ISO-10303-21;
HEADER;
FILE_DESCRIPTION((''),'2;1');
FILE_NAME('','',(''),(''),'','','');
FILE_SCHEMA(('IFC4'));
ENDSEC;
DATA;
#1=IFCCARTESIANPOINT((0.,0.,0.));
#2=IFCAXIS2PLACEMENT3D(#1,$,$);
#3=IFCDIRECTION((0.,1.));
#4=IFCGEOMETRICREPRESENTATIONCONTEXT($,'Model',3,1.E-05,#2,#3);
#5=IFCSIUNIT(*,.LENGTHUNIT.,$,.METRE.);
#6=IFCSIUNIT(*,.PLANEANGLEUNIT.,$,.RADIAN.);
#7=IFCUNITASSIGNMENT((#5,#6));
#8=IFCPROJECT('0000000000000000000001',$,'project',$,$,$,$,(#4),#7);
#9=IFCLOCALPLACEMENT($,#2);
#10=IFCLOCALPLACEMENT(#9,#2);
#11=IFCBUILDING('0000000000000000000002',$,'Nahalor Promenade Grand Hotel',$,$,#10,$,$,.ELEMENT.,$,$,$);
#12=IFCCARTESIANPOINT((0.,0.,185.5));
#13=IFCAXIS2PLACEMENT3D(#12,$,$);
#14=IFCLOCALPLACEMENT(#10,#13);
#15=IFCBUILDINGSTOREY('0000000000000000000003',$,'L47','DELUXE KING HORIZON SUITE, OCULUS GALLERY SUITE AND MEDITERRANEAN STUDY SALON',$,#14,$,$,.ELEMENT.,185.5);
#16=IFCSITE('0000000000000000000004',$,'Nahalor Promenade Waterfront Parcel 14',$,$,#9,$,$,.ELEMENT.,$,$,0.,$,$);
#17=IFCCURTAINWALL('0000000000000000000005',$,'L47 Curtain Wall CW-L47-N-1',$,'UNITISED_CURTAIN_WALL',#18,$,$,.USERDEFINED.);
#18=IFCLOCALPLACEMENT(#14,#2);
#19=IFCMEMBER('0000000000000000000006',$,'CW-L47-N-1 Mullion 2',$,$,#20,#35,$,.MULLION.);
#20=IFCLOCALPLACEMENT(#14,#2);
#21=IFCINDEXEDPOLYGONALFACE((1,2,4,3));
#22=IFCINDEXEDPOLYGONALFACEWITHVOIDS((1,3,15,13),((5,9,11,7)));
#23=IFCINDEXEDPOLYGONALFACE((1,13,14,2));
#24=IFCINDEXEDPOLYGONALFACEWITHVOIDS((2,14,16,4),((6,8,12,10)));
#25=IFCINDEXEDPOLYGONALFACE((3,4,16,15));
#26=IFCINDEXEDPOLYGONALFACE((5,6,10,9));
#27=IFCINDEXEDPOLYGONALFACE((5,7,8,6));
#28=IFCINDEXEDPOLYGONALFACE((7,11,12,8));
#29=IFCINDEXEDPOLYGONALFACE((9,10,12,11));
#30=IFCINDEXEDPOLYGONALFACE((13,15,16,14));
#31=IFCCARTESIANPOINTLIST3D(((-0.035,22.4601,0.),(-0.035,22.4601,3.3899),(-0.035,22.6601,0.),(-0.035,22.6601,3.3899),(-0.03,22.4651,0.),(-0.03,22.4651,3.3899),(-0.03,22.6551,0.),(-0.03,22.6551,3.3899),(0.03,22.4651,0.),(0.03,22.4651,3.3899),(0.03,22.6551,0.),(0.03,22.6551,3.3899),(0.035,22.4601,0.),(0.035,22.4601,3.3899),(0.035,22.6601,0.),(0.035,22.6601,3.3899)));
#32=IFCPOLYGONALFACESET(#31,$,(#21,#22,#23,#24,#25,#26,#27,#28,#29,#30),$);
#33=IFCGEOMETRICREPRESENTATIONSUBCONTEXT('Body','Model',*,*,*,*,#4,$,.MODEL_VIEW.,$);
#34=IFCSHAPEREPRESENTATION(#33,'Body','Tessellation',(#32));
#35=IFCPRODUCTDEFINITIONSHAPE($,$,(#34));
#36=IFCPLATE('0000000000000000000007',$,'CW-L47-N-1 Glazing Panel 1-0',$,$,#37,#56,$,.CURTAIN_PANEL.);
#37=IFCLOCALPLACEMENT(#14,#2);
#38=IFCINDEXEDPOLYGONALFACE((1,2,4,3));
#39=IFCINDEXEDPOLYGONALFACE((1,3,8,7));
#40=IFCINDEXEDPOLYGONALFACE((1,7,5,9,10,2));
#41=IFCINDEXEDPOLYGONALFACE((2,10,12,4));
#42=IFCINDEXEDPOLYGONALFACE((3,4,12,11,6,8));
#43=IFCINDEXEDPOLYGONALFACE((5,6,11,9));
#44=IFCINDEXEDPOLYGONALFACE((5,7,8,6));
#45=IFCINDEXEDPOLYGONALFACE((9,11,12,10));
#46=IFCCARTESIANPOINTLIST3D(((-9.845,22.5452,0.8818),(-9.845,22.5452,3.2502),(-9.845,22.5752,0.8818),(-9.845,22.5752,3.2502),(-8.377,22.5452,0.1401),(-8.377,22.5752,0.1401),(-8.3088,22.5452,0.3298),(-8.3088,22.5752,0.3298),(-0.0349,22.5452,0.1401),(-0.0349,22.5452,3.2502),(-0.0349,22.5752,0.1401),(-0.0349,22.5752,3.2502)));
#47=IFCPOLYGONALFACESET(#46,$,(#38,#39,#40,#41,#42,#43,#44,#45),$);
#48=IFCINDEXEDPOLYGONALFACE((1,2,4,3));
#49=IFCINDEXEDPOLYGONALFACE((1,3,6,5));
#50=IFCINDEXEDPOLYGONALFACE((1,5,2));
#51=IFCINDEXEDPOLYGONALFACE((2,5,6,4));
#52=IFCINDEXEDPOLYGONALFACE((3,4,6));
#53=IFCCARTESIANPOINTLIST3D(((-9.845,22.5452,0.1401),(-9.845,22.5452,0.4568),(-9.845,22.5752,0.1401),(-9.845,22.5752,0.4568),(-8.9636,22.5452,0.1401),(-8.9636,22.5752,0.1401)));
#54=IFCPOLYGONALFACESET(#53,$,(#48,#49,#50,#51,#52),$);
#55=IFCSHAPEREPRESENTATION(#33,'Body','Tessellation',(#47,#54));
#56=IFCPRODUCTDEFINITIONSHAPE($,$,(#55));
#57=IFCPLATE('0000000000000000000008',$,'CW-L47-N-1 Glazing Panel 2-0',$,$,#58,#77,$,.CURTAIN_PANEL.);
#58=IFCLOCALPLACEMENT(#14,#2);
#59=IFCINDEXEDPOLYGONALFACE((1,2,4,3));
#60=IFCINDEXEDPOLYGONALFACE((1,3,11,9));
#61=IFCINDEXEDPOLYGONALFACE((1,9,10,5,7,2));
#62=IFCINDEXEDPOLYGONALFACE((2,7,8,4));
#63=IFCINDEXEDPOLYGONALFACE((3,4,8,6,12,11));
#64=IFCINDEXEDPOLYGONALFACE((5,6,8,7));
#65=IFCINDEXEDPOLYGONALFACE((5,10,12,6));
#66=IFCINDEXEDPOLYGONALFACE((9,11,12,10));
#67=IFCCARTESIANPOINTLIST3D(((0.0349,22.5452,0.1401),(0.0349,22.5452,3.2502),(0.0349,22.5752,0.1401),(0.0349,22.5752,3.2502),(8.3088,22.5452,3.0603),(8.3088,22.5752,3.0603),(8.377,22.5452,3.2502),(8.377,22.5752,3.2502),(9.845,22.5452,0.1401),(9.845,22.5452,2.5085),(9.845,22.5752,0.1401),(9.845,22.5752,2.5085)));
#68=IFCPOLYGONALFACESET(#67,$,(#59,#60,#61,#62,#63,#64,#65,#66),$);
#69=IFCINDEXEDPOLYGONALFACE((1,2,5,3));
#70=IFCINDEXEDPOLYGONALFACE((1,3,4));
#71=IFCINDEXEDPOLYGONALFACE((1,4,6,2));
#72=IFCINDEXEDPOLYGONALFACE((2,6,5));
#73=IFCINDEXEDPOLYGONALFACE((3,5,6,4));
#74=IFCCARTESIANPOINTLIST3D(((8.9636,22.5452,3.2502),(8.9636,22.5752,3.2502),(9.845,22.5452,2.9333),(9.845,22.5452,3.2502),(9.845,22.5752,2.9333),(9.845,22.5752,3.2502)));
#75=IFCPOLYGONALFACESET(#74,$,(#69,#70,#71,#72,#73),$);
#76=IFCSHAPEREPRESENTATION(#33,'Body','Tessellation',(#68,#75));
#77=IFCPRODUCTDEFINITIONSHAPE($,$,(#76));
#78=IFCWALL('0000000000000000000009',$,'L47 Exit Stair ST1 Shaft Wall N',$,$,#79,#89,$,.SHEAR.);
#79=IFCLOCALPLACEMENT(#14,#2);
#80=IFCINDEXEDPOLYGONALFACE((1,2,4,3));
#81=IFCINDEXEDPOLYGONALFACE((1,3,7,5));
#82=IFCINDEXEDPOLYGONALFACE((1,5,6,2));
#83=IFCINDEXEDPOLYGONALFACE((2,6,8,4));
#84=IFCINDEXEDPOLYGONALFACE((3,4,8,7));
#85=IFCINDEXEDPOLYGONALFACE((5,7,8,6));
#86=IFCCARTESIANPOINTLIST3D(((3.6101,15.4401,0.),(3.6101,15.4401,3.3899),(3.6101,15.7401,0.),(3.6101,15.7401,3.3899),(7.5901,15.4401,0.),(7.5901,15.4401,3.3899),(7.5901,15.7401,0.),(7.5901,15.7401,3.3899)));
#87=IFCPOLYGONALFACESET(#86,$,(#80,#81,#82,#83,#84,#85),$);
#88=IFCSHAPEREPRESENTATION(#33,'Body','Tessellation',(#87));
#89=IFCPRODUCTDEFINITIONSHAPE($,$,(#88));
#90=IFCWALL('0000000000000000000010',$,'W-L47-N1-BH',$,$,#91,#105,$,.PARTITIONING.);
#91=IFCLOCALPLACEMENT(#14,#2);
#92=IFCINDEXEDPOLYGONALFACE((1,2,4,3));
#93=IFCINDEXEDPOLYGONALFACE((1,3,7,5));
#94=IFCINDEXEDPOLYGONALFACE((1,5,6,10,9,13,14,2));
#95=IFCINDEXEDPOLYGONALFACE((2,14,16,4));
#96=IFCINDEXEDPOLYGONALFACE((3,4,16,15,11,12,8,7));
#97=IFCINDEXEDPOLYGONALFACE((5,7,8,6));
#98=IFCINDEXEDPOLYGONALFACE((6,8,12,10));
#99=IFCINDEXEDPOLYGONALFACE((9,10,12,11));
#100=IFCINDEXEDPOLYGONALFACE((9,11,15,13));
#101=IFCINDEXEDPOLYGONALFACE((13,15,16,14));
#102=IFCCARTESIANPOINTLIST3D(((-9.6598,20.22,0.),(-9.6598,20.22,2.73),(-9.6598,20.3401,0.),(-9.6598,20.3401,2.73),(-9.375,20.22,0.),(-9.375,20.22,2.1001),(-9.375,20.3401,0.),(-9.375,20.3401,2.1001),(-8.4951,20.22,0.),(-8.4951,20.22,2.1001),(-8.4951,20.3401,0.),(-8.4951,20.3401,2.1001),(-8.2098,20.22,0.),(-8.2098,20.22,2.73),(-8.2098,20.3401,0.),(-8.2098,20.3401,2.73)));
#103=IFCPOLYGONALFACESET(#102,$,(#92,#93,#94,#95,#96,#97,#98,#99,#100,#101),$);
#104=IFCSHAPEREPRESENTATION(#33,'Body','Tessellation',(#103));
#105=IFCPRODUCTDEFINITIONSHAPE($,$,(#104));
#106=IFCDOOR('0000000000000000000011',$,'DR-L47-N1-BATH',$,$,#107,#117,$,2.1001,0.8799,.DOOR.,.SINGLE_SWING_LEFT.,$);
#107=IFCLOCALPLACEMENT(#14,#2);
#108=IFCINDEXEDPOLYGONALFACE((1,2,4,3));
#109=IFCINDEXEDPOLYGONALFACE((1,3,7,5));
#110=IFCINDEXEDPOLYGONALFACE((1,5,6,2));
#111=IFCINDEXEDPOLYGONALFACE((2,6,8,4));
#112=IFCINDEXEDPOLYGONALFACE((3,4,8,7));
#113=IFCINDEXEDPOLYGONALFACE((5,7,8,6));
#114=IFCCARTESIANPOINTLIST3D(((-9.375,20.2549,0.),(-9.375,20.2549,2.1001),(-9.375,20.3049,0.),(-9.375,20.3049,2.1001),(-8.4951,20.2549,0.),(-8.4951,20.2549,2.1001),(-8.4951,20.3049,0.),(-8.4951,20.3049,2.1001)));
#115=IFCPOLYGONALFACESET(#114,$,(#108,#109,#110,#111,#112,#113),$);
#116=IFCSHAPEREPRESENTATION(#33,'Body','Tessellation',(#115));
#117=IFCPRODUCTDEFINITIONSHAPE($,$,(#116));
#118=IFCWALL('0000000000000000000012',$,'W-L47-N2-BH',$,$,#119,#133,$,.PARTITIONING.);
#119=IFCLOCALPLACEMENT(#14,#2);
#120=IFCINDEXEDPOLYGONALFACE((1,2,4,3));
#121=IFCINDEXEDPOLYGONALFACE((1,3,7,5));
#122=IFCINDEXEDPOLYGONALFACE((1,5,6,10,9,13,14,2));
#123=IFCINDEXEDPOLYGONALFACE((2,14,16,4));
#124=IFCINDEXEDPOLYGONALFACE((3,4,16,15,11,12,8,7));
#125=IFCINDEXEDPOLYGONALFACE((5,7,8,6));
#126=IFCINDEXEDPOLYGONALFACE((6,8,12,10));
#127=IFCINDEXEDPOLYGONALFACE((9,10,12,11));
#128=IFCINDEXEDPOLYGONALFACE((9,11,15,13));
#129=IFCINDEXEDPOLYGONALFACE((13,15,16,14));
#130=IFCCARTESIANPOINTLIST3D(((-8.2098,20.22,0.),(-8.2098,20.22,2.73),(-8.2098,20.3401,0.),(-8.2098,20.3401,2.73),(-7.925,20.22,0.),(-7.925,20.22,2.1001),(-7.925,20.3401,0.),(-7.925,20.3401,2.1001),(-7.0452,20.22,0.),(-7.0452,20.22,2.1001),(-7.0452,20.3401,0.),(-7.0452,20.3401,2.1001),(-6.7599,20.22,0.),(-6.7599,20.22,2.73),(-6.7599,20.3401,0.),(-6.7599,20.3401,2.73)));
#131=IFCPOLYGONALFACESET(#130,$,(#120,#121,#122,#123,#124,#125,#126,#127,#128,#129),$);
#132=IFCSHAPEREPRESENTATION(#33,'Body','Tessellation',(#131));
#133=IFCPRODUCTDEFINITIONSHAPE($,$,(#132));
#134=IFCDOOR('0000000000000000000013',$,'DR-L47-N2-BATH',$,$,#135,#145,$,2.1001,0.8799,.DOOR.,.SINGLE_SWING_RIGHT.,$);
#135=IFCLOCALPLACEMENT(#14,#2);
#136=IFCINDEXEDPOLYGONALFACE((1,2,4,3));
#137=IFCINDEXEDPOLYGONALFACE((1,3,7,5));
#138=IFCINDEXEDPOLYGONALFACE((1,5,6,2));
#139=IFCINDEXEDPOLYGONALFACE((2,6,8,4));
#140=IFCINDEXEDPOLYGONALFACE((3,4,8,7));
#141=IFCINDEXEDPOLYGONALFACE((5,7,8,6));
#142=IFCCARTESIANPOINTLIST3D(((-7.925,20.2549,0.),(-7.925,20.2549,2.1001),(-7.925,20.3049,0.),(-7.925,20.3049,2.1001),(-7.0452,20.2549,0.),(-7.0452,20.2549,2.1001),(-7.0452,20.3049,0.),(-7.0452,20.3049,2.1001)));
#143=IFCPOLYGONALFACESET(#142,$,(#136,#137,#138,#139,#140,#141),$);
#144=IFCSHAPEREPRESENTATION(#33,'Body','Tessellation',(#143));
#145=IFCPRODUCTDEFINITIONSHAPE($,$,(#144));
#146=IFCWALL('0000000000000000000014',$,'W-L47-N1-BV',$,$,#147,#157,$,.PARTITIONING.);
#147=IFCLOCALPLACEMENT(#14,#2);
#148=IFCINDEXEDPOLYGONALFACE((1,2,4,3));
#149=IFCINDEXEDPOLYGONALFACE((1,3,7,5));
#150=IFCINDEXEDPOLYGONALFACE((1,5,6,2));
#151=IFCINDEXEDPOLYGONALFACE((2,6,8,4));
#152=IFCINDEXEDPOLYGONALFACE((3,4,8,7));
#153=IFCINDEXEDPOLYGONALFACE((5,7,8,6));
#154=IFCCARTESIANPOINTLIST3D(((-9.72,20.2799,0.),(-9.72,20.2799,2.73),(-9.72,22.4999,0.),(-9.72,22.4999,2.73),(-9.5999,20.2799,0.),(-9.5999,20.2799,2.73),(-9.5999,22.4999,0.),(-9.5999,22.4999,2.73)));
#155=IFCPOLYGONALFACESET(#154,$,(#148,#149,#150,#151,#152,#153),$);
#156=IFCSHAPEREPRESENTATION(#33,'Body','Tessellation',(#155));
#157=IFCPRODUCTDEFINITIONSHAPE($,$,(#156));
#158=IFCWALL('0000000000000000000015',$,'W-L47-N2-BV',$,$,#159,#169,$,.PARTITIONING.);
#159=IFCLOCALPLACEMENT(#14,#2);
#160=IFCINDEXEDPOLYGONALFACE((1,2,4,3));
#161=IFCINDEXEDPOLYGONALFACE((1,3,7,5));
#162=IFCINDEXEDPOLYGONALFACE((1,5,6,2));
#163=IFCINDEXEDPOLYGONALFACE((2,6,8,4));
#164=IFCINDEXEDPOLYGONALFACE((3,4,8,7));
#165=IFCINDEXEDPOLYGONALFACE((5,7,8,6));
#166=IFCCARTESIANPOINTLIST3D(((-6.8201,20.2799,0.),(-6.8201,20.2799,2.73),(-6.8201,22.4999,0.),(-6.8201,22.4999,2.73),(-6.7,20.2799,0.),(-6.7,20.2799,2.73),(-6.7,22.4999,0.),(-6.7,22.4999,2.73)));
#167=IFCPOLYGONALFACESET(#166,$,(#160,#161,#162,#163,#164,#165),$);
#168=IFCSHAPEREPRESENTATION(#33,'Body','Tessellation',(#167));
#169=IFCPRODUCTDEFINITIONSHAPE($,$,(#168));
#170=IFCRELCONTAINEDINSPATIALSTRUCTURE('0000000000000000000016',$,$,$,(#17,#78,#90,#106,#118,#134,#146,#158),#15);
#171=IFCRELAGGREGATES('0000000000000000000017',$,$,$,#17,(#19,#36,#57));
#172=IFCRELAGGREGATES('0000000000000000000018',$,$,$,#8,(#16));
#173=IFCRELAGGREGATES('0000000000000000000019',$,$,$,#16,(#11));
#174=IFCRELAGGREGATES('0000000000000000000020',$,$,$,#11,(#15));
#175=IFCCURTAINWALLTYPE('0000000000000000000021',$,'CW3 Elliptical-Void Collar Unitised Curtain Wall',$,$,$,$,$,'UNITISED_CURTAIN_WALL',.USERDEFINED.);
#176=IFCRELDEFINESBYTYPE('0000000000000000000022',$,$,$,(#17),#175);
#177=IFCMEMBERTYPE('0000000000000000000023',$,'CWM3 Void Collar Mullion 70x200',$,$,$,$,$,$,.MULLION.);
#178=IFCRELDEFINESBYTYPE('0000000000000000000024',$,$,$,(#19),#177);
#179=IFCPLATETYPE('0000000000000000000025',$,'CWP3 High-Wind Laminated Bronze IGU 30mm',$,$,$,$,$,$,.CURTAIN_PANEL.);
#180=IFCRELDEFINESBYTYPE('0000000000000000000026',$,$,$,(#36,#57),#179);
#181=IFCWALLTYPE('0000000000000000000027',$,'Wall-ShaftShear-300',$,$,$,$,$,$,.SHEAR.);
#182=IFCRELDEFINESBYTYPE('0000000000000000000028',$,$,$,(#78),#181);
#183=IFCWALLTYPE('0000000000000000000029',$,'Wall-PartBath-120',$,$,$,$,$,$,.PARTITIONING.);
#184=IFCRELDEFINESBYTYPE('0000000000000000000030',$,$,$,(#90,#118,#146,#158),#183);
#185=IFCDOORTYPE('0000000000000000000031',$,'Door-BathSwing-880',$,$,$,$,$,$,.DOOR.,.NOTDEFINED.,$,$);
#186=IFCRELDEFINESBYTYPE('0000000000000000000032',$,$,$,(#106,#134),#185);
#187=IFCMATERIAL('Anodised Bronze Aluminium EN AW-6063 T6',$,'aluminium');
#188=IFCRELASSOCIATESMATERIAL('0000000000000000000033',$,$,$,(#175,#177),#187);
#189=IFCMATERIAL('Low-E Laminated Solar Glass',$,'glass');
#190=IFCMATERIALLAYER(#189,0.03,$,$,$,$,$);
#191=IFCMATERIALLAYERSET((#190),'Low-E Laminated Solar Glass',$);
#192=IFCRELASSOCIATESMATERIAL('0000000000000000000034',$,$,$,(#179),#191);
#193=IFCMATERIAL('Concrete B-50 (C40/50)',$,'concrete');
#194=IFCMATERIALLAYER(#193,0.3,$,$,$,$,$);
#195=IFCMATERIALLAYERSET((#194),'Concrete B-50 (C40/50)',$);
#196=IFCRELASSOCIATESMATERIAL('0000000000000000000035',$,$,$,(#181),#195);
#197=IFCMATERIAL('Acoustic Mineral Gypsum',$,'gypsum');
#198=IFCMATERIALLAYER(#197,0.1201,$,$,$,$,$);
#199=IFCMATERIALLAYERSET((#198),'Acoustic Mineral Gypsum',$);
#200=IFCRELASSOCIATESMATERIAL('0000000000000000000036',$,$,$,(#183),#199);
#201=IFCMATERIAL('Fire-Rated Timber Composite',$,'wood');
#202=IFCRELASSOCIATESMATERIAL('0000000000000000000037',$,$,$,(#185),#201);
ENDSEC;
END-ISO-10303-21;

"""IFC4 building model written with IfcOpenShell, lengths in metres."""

from ifc_helpers import new_model, si_unit, direction, frame, frame_2d, origin, origin_2d, place, context, subcontext, project, spatial, polyline, rectangle, hollow_rectangle, outline, extrude, source, transform, mapped, material, layer, layer_set, material_profile, profile_set, type_object, element, fill, aggregate, save


model = new_model("IFC4")

# Units and contexts
model_context = context("Model", 3, precision=1e-05, world=origin(), true_north=direction((0.0, 1.0)))
body_context = subcontext(model_context, "Body", "Model", "MODEL_VIEW")
ifc_project = project(units=[si_unit("LENGTHUNIT", "METRE"), si_unit("PLANEANGLEUNIT", "RADIAN")], contexts=[model_context])

# Site, building, storey
site_placement = place(None, origin())
site = spatial("IfcSite", under=ifc_project, at=site_placement, Name="Nahalor Promenade Waterfront Parcel 14", CompositionType="ELEMENT", RefElevation=0.0)
building_placement = place(site_placement, origin())
building = spatial("IfcBuilding", under=site, at=building_placement, Name="Nahalor Promenade Grand Hotel", CompositionType="ELEMENT")
storey_placement = place(building_placement, frame((0.0, 0.0, 185.5)))
storey = spatial("IfcBuildingStorey", under=building, at=storey_placement, Name="L47", Description="DELUXE KING HORIZON SUITE, OCULUS GALLERY SUITE AND MEDITERRANEAN STUDY SALON", CompositionType="ELEMENT", Elevation=185.5)

# Curtain wall, member, plates
ifc_material_1 = material(Name="Anodised Bronze Aluminium EN AW-6063 T6", Category="aluminium")
curtain_wall_type = type_object("IfcCurtainWallType", Name="CW3 Elliptical-Void Collar Unitised Curtain Wall", ElementType="UNITISED_CURTAIN_WALL", PredefinedType="USERDEFINED", material=ifc_material_1)
curtain_wall_placement = place(storey_placement, origin())
curtain_wall = element("IfcCurtainWall", 1, at=curtain_wall_placement, inside=storey, type_object=curtain_wall_type, Name="L47 Curtain Wall CW-L47-N-1", ObjectType="UNITISED_CURTAIN_WALL", PredefinedType="USERDEFINED")
ifc_material_profile_1 = material_profile(ifc_material_1, hollow_rectangle(XDim=0.07, YDim=0.2, WallThickness=0.005, at=origin_2d()), Name="CWM 70x200x5")
ifc_profile_set_1 = profile_set([ifc_material_profile_1], Name="Anodised Bronze Aluminium EN AW-6063 T6")
member_type_1 = type_object("IfcMemberType", Name="CWM3 Void Collar Mullion 70x200", PredefinedType="MULLION", material=ifc_profile_set_1)
shared_shape_1 = source(origin(), body_context, "Body", "SweptSolid", [
    extrude(hollow_rectangle(XDim=0.07, YDim=0.2, WallThickness=0.005, at=origin_2d()), origin(), (0.0, 0.0, 1.0), 3.3899),
])
member_1_placement = place(storey_placement, frame((0.0, 22.5601, 0.0), z_axis=(0.0, 0.0, 1.0), x_axis=(1.0, 0.0, 0.0)))
member_1 = element("IfcMember", 2, at=member_1_placement, type_object=member_type_1, Name="CW-L47-N-1 Mullion 2", PredefinedType="MULLION", context=body_context, shape_type="MappedRepresentation", body=[
    mapped(shared_shape_1, transform((0.0, 0.0, 0.0), scale=1.0)),
])
ifc_material_2 = material(Name="Low-E Laminated Solar Glass", Category="glass")
ifc_layer_1 = layer(ifc_material_2, 0.03)
ifc_layer_set_1 = layer_set([ifc_layer_1], Name="Low-E Laminated Solar Glass")
plate_type = type_object("IfcPlateType", Name="CWP3 High-Wind Laminated Bronze IGU 30mm", PredefinedType="CURTAIN_PANEL", material=ifc_layer_set_1)
plate_1_placement = place(storey_placement, frame((-4.9399, 22.5601, 0.1401), z_axis=(0.0, 0.0, 1.0), x_axis=(1.0, 0.0, 0.0)))
plate_1 = element("IfcPlate", 3, at=plate_1_placement, type_object=plate_type, Name="CW-L47-N-1 Glazing Panel 1-0", PredefinedType="CURTAIN_PANEL", context=body_context, shape_type="SweptSolid", body=[
    extrude(outline(polyline([(4.905, 3.1101), (-4.905, 3.1101), (-4.905, 0.7417), (-3.3689, 0.1897), (-3.437, 0.0), (4.905, 0.0), (4.905, 3.1101)])), frame((0.0, 0.0151, 0.0), z_axis=(0.0, -1.0, 0.0), x_axis=(1.0, 0.0, 0.0)), (0.0, 0.0, 1.0), 0.03),
    extrude(outline(polyline([(-4.905, 0.3167), (-4.905, 0.0), (-4.0237, 0.0), (-4.905, 0.3167)])), frame((0.0, 0.0151, 0.0), z_axis=(0.0, -1.0, 0.0), x_axis=(1.0, 0.0, 0.0)), (0.0, 0.0, 1.0), 0.03),
])
plate_2_placement = place(storey_placement, frame((4.9399, 22.5601, 0.1401), z_axis=(0.0, 0.0, 1.0), x_axis=(1.0, 0.0, 0.0)))
plate_2 = element("IfcPlate", 4, at=plate_2_placement, type_object=plate_type, Name="CW-L47-N-1 Glazing Panel 2-0", PredefinedType="CURTAIN_PANEL", context=body_context, shape_type="SweptSolid", body=[
    extrude(outline(polyline([(-4.905, 0.0), (4.905, 0.0), (4.905, 2.3684), (3.3689, 2.9202), (3.437, 3.1101), (-4.905, 3.1101), (-4.905, 0.0)])), frame((0.0, 0.0151, 0.0), z_axis=(0.0, -1.0, 0.0), x_axis=(1.0, 0.0, 0.0)), (0.0, 0.0, 1.0), 0.03),
    extrude(outline(polyline([(4.905, 2.7932), (4.905, 3.1101), (4.0237, 3.1101), (4.905, 2.7932)])), frame((0.0, 0.0151, 0.0), z_axis=(0.0, -1.0, 0.0), x_axis=(1.0, 0.0, 0.0)), (0.0, 0.0, 1.0), 0.03),
])
aggregate(curtain_wall, [member_1, plate_1, plate_2])

# Wall
ifc_material_3 = material(Name="Concrete B-50 (C40/50)", Category="concrete")
ifc_layer_2 = layer(ifc_material_3, 0.3)
ifc_layer_set_2 = layer_set([ifc_layer_2], Name="Concrete B-50 (C40/50)")
wall_type_1 = type_object("IfcWallType", Name="Wall-ShaftShear-300", PredefinedType="SHEAR", material=ifc_layer_set_2)
shared_shape_2 = source(origin(), body_context, "Body", "SweptSolid", [
    extrude(rectangle(XDim=3.98, YDim=0.3, at=frame_2d((1.99, 0.0))), origin(), (0.0, 0.0, 1.0), 3.3899),
])
wall_1_placement = place(storey_placement, frame((3.6101, 15.5901, 0.0), z_axis=(0.0, 0.0, 1.0), x_axis=(1.0, 0.0, 0.0)))
element("IfcWall", 5, at=wall_1_placement, inside=storey, type_object=wall_type_1, Name="L47 Exit Stair ST1 Shaft Wall N", PredefinedType="SHEAR", context=body_context, shape_type="MappedRepresentation", body=[
    mapped(shared_shape_2, transform((0.0, 0.0, 0.0), scale=1.0)),
])

# Walls, openings, doors
ifc_material_4 = material(Name="Acoustic Mineral Gypsum", Category="gypsum")
ifc_layer_3 = layer(ifc_material_4, 0.1201)
ifc_layer_set_3 = layer_set([ifc_layer_3], Name="Acoustic Mineral Gypsum")
wall_type_2 = type_object("IfcWallType", Name="Wall-PartBath-120", PredefinedType="PARTITIONING", material=ifc_layer_set_3)
shared_shape_3 = source(origin(), body_context, "Body", "SweptSolid", [
    extrude(rectangle(XDim=1.45, YDim=0.1201, at=frame_2d((0.7251, 0.0))), origin(), (0.0, 0.0, 1.0), 2.73),
])
wall_2_placement = place(storey_placement, frame((-9.6599, 20.28, 0.0), z_axis=(0.0, 0.0, 1.0), x_axis=(1.0, 0.0, 0.0)))
wall_2 = element("IfcWall", 6, at=wall_2_placement, inside=storey, type_object=wall_type_2, Name="W-L47-N1-BH", PredefinedType="PARTITIONING", context=body_context, shape_type="MappedRepresentation", body=[
    mapped(shared_shape_3, transform((0.0, 0.0, 0.0), scale=1.0)),
])
opening_1_placement = place(wall_2_placement, frame((0.2849, 0.0, 0.0)))
opening_1 = element("IfcOpeningElement", 7, at=opening_1_placement, cuts=wall_2, PredefinedType="OPENING", context=body_context, shape_type="SweptSolid", body=[
    extrude(rectangle(XDim=0.8799, YDim=2.1001, at=frame_2d((0.4399, 1.05))), frame((0.0, 0.0701, 0.0), z_axis=(0.0, -1.0, 0.0), x_axis=(1.0, 0.0, 0.0)), (0.0, 0.0, 1.0), 0.1401),
])
ifc_material_5 = material(Name="Fire-Rated Timber Composite", Category="wood")
door_type = type_object("IfcDoorType", Name="Door-BathSwing-880", OperationType="NOTDEFINED", PredefinedType="DOOR", material=ifc_material_5)
shared_shape_4 = source(origin(), body_context, "Body", "SweptSolid", [
    extrude(rectangle(XDim=0.8799, YDim=2.1001, at=frame_2d((0.4399, 1.05))), frame((0.0, 0.0249, 0.0), z_axis=(0.0, -1.0, 0.0), x_axis=(1.0, 0.0, 0.0)), (0.0, 0.0, 1.0), 0.05),
])
door_1_placement = place(opening_1_placement, origin())
door_1 = element("IfcDoor", 8, at=door_1_placement, inside=storey, type_object=door_type, Name="DR-L47-N1-BATH", OperationType="SINGLE_SWING_LEFT", OverallHeight=2.1001, OverallWidth=0.8799, PredefinedType="DOOR", context=body_context, shape_type="MappedRepresentation", body=[
    mapped(shared_shape_4, transform((0.0, 0.0, 0.0), scale=1.0)),
])
fill(opening_1, door_1)
wall_3_placement = place(storey_placement, frame((-8.21, 20.28, 0.0), z_axis=(0.0, 0.0, 1.0), x_axis=(1.0, 0.0, 0.0)))
wall_3 = element("IfcWall", 9, at=wall_3_placement, inside=storey, type_object=wall_type_2, Name="W-L47-N2-BH", PredefinedType="PARTITIONING", context=body_context, shape_type="MappedRepresentation", body=[
    mapped(shared_shape_3, transform((0.0, 0.0, 0.0), scale=1.0)),
])
opening_2_placement = place(wall_3_placement, frame((0.2849, 0.0, 0.0)))
opening_2 = element("IfcOpeningElement", 10, at=opening_2_placement, cuts=wall_3, PredefinedType="OPENING", context=body_context, shape_type="SweptSolid", body=[
    extrude(rectangle(XDim=0.8799, YDim=2.1001, at=frame_2d((0.4399, 1.05))), frame((0.0, 0.0701, 0.0), z_axis=(0.0, -1.0, 0.0), x_axis=(1.0, 0.0, 0.0)), (0.0, 0.0, 1.0), 0.1401),
])
door_2_placement = place(opening_2_placement, origin())
door_2 = element("IfcDoor", 11, at=door_2_placement, inside=storey, type_object=door_type, Name="DR-L47-N2-BATH", OperationType="SINGLE_SWING_RIGHT", OverallHeight=2.1001, OverallWidth=0.8799, PredefinedType="DOOR", context=body_context, shape_type="MappedRepresentation", body=[
    mapped(shared_shape_4, transform((0.0, 0.0, 0.0), scale=1.0)),
])
fill(opening_2, door_2)

# Walls
shared_shape_5 = source(origin(), body_context, "Body", "SweptSolid", [
    extrude(rectangle(XDim=2.22, YDim=0.1201, at=frame_2d((1.1099, 0.0))), origin(), (0.0, 0.0, 1.0), 2.73),
])
for number, where, z_axis, x_axis, name in (
    (12, (-9.6599, 20.28, 0.0), (0.0, 0.0, 1.0), (0.0, 1.0, 0.0), "W-L47-N1-BV"),
    (13, (-6.76, 20.28, 0.0), (0.0, 0.0, 1.0), (0.0, 1.0, 0.0), "W-L47-N2-BV"),
):
    element("IfcWall", number, at=place(storey_placement, frame(where, z_axis=z_axis, x_axis=x_axis)), inside=storey, type_object=wall_type_2, Name=name, PredefinedType="PARTITIONING", context=body_context, shape_type="MappedRepresentation", body=[
        mapped(shared_shape_5, transform((0.0, 0.0, 0.0), scale=1.0)),
    ])

save(model, "model.ifc")
